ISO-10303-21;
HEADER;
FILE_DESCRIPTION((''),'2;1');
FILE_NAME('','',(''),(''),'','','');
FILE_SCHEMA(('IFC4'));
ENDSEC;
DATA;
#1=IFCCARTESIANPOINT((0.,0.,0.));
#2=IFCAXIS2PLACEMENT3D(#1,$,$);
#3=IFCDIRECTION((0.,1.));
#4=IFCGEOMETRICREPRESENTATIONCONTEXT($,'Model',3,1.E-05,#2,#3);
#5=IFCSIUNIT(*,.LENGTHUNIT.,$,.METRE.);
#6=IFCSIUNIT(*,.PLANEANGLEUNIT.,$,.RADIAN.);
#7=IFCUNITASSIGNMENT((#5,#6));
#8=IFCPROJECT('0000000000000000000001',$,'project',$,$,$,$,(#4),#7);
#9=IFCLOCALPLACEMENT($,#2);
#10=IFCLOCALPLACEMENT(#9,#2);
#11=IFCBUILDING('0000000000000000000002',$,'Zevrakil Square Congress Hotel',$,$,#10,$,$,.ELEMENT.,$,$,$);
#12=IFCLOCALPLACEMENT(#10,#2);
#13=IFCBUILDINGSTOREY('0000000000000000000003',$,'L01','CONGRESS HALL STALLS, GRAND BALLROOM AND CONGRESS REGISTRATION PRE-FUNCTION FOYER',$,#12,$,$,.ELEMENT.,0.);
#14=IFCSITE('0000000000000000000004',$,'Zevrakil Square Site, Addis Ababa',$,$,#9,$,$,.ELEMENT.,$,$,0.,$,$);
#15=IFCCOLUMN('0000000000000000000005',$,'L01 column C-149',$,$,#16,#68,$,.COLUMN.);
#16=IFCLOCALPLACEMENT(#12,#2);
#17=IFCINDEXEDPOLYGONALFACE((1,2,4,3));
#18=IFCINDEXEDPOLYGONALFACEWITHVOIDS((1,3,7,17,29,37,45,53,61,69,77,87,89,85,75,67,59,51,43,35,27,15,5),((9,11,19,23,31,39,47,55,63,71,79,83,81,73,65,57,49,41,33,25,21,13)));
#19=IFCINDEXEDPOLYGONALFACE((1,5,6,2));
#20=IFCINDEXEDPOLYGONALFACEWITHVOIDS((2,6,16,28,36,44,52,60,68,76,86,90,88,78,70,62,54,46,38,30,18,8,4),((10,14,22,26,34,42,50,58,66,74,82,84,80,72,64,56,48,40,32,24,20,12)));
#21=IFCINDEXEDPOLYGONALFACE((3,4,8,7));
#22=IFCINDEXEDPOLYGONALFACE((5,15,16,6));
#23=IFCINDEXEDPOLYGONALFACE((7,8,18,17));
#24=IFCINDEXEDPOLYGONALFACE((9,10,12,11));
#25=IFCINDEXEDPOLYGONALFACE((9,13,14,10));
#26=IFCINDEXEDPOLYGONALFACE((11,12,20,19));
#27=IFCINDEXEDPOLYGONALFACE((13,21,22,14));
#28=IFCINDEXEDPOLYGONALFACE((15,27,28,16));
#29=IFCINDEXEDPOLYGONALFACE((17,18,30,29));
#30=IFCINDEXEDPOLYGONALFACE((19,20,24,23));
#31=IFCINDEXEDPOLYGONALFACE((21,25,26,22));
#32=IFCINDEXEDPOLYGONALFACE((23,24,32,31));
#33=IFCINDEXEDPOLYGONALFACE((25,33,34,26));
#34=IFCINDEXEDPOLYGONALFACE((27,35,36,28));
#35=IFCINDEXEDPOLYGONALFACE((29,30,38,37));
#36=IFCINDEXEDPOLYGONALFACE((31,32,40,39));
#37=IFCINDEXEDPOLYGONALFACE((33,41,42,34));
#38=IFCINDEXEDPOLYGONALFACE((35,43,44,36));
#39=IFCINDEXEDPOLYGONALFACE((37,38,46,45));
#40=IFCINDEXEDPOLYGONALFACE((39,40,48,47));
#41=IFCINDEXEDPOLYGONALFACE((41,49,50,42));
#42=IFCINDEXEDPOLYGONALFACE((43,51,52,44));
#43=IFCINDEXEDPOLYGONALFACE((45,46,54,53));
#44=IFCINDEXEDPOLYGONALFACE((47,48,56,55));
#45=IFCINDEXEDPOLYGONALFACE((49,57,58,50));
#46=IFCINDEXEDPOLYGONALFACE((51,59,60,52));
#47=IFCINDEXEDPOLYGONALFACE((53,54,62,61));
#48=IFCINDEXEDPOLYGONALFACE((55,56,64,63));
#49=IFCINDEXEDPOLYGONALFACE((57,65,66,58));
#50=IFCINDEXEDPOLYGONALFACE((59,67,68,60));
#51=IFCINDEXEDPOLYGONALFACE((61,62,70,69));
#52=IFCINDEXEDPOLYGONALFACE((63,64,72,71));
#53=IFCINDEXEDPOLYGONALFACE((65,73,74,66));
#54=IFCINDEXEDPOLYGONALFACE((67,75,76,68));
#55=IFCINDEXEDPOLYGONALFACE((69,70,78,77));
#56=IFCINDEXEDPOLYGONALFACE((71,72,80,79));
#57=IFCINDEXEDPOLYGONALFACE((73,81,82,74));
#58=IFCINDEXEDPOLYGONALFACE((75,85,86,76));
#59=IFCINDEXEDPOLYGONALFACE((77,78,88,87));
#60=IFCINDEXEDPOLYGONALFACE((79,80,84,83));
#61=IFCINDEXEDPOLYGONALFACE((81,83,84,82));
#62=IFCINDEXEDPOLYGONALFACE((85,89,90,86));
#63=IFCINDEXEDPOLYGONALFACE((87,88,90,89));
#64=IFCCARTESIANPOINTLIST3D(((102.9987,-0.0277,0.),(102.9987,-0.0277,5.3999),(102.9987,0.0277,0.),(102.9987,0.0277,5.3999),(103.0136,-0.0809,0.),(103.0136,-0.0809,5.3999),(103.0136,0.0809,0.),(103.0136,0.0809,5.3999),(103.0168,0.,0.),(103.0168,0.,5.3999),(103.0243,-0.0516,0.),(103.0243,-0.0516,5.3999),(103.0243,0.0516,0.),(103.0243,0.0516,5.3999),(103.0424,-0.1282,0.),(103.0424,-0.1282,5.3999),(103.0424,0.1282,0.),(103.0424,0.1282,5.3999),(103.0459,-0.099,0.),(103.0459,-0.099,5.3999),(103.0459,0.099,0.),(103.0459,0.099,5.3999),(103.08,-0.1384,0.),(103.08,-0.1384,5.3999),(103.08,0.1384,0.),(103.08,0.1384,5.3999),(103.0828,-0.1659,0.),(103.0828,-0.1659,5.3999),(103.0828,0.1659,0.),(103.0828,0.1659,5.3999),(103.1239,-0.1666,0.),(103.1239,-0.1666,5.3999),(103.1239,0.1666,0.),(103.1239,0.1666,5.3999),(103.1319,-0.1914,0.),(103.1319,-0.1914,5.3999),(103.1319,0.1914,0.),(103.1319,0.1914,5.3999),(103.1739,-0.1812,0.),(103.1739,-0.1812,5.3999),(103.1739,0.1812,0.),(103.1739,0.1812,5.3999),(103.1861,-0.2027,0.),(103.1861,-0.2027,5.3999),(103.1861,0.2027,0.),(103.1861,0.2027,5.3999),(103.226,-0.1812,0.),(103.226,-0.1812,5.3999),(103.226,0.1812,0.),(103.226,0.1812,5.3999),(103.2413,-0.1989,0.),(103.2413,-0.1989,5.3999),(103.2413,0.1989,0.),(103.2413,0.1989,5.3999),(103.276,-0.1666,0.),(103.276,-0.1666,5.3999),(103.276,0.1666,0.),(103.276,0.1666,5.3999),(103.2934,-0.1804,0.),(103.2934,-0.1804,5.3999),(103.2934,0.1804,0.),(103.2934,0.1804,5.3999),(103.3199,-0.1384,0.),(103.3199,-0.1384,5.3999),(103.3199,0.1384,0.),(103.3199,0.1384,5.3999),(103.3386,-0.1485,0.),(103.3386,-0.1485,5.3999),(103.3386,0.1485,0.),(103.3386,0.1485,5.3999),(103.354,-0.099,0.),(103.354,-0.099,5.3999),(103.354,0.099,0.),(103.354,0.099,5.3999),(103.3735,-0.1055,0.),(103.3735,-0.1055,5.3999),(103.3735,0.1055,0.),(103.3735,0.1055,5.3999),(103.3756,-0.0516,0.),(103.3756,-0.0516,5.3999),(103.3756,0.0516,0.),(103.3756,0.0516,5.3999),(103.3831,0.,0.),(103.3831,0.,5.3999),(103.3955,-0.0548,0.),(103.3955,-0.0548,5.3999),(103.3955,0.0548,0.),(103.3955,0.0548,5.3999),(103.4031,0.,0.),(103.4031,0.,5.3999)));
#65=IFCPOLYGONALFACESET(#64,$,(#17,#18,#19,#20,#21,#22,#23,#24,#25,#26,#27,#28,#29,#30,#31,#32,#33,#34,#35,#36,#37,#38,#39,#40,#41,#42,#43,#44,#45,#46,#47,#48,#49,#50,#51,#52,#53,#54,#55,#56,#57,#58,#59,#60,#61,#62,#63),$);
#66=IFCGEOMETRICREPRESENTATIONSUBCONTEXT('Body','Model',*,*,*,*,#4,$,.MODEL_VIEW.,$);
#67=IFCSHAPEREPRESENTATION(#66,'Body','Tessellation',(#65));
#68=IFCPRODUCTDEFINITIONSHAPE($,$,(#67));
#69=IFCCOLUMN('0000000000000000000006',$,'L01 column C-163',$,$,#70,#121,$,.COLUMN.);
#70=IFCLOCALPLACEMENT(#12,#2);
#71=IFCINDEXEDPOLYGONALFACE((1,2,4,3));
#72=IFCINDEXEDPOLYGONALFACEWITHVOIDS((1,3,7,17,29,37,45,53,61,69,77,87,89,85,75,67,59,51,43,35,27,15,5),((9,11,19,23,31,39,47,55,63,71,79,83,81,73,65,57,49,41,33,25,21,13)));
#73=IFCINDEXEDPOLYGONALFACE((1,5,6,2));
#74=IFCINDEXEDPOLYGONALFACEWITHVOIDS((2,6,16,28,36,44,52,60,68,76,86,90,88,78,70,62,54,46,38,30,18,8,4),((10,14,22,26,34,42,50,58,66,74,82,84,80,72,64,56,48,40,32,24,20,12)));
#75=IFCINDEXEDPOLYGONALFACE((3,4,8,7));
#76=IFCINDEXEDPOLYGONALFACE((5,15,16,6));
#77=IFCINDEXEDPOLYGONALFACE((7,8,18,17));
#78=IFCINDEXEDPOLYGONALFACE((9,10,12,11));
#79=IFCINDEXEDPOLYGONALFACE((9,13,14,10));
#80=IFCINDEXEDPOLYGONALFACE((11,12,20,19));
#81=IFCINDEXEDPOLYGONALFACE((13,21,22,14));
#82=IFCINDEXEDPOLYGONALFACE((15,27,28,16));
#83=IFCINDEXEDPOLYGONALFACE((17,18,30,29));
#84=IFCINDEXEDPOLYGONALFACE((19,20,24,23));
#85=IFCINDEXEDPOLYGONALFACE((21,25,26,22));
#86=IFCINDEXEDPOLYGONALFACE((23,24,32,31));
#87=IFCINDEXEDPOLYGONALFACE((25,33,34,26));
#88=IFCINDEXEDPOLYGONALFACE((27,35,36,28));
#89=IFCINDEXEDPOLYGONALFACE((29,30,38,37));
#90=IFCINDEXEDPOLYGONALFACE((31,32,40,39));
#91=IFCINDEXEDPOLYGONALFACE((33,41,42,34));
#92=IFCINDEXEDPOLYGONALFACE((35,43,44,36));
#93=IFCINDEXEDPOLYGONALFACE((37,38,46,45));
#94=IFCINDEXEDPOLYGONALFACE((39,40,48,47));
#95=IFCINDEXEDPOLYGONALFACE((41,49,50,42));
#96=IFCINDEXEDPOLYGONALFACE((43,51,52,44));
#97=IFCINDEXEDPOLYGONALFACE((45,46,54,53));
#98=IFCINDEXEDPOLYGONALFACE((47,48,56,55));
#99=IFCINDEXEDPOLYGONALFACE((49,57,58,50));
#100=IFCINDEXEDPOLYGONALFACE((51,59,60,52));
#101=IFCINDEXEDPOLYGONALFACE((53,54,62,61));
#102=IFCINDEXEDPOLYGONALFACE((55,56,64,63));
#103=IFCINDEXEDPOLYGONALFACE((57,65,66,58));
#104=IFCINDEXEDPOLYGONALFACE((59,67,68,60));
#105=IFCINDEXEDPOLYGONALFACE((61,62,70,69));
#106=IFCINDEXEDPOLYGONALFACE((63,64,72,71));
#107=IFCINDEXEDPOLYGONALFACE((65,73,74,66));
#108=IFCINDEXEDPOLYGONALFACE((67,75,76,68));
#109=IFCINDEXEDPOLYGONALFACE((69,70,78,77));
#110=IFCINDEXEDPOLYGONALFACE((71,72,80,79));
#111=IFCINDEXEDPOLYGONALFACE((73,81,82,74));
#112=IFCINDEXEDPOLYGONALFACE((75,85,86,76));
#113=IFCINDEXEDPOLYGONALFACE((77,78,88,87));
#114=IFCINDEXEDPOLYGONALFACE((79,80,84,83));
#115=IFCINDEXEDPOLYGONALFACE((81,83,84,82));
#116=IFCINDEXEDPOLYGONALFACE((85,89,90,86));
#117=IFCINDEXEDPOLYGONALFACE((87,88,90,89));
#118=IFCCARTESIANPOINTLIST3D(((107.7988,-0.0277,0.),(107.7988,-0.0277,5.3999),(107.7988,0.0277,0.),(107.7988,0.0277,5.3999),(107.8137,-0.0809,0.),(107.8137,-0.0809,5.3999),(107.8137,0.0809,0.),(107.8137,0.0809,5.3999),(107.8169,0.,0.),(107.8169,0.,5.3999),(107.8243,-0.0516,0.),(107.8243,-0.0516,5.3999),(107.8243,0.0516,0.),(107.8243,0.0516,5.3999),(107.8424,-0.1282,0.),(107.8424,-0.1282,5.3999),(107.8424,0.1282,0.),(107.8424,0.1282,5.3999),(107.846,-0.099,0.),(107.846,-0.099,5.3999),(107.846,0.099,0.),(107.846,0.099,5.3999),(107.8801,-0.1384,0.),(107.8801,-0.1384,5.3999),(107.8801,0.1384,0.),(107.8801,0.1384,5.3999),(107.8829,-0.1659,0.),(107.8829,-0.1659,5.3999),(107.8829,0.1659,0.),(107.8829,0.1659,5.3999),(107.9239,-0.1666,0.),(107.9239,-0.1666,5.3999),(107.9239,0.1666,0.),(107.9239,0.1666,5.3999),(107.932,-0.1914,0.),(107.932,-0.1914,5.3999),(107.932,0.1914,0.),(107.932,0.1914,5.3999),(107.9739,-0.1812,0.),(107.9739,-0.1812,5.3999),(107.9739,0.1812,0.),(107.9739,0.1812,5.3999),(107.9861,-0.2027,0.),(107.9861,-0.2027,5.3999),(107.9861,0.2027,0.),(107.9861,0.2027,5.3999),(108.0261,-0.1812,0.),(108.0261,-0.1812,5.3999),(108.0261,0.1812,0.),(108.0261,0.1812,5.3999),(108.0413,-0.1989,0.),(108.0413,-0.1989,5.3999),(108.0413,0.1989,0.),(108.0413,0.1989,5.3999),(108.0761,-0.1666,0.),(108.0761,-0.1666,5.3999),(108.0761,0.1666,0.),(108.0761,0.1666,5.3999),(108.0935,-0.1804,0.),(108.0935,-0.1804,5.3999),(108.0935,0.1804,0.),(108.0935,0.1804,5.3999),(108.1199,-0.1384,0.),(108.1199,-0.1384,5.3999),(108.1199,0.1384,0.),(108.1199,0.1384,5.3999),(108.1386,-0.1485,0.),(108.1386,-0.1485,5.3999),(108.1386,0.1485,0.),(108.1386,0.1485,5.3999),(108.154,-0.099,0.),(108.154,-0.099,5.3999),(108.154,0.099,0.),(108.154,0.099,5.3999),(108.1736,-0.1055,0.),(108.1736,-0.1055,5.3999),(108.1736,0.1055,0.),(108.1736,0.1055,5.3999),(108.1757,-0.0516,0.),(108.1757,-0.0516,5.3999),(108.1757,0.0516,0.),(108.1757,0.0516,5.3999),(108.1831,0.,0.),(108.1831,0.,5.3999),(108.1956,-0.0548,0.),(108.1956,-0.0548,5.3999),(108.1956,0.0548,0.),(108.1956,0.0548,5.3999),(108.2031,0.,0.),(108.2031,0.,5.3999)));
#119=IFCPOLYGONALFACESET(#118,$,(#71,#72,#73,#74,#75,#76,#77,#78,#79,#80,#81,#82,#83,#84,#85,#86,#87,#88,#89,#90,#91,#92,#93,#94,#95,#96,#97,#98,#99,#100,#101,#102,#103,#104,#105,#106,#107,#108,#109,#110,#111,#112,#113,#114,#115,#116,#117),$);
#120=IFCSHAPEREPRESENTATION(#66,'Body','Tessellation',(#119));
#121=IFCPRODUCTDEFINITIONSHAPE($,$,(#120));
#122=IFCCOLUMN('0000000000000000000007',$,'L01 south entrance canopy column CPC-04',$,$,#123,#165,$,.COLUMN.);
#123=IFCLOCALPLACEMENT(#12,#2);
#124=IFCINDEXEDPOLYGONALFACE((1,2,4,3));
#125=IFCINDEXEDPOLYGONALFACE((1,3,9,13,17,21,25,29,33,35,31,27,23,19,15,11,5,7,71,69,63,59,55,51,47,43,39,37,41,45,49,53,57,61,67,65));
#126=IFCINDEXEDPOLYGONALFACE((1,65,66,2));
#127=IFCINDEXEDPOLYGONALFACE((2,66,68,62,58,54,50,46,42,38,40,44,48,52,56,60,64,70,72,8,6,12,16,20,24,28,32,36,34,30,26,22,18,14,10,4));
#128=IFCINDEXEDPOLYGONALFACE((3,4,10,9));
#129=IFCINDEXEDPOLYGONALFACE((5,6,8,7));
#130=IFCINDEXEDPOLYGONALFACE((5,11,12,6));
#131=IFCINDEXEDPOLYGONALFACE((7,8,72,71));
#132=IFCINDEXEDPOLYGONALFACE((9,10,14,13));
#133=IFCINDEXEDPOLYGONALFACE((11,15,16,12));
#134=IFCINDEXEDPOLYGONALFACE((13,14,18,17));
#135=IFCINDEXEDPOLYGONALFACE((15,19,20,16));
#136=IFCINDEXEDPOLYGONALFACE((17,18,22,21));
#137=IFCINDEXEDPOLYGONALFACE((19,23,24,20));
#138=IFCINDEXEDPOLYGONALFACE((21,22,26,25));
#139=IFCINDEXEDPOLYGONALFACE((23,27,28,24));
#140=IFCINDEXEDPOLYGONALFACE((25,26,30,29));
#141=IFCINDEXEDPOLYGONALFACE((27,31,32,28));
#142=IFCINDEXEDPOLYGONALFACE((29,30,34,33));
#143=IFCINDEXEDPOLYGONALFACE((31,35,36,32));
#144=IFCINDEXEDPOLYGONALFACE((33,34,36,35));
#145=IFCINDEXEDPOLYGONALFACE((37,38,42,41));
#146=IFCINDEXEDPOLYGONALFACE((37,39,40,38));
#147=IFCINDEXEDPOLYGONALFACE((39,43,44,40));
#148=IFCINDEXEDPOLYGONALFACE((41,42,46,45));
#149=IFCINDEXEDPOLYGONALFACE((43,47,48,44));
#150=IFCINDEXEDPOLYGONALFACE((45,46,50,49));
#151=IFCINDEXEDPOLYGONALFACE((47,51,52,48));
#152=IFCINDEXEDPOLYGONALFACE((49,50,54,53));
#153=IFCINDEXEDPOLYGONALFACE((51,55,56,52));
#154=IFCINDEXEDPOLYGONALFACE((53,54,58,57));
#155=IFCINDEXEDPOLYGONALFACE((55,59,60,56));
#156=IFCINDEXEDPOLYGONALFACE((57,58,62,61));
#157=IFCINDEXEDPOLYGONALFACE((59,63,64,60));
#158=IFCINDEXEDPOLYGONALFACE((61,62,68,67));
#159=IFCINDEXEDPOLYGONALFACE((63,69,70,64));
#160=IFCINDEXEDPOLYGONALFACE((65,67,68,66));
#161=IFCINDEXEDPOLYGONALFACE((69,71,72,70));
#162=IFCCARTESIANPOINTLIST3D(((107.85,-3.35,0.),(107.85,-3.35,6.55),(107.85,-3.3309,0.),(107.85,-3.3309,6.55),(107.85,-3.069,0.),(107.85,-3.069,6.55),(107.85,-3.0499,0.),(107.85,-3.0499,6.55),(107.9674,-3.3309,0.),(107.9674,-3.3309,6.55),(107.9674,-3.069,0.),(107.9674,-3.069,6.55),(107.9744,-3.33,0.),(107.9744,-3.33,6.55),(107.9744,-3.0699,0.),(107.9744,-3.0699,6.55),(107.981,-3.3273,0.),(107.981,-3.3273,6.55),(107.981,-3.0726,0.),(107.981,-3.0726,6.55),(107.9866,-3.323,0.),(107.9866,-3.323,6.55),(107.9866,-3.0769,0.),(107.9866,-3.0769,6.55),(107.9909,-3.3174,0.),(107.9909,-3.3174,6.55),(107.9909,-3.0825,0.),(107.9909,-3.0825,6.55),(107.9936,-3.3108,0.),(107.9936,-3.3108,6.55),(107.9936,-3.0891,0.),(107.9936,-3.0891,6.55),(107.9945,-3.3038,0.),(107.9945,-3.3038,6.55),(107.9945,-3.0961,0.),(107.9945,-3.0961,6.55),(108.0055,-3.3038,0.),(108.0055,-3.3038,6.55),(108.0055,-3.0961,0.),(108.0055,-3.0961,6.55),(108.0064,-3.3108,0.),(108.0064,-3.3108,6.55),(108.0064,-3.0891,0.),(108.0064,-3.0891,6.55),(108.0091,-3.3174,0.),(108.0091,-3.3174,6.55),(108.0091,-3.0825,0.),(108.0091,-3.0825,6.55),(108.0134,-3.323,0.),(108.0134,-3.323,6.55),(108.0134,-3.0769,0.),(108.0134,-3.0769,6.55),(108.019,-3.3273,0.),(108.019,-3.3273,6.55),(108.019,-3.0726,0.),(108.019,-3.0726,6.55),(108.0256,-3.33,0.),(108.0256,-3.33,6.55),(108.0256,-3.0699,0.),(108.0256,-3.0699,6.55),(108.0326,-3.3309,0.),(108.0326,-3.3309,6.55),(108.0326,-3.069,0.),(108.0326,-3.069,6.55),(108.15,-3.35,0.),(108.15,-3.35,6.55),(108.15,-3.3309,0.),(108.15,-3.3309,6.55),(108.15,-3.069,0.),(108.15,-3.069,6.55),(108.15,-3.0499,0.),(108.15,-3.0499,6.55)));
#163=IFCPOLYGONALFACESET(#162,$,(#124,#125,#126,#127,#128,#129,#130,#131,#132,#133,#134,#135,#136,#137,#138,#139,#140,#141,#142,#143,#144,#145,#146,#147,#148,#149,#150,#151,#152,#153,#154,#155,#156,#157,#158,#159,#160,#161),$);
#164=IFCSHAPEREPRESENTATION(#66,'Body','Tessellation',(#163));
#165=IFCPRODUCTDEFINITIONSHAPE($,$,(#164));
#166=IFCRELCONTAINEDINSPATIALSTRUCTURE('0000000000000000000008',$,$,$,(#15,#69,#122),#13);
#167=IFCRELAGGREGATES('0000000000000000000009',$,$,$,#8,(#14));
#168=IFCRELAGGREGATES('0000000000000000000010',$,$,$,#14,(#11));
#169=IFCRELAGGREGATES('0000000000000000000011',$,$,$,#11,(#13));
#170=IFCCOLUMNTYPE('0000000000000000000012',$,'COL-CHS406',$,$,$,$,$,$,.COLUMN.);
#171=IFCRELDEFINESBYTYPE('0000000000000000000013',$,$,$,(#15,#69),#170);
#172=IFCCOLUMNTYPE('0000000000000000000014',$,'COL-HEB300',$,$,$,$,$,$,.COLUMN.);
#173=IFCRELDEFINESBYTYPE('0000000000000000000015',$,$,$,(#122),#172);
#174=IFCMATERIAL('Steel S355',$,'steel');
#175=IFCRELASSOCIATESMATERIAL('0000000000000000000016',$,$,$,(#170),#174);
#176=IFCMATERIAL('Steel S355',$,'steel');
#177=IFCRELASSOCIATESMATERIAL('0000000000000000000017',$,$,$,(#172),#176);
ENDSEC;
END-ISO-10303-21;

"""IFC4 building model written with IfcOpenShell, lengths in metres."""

from ifc_helpers import new_model, si_unit, direction, frame, origin, origin_2d, place, context, subcontext, project, spatial, hollow_circle, i_section, extrude, material, material_profile, profile_set, type_object, element, save


model = new_model("IFC4")

# Units and contexts
model_context = context("Model", 3, precision=1e-05, world=origin(), true_north=direction((0.0, 1.0)))
body_context = subcontext(model_context, "Body", "Model", "MODEL_VIEW")
ifc_project = project(units=[si_unit("LENGTHUNIT", "METRE"), si_unit("PLANEANGLEUNIT", "RADIAN")], contexts=[model_context])

# Site, building, storey
site_placement = place(None, origin())
site = spatial("IfcSite", under=ifc_project, at=site_placement, Name="Zevrakil Square Site, Addis Ababa", CompositionType="ELEMENT", RefElevation=0.0)
building_placement = place(site_placement, origin())
building = spatial("IfcBuilding", under=site, at=building_placement, Name="Zevrakil Square Congress Hotel", CompositionType="ELEMENT")
storey_placement = place(building_placement, origin())
storey = spatial("IfcBuildingStorey", under=building, at=storey_placement, Name="L01", Description="CONGRESS HALL STALLS, GRAND BALLROOM AND CONGRESS REGISTRATION PRE-FUNCTION FOYER", CompositionType="ELEMENT", Elevation=0.0)

# Columns
ifc_material_1 = material(Name="Steel S355", Category="steel")
ifc_material_profile_1 = material_profile(ifc_material_1, hollow_circle(Radius=0.2031, WallThickness=0.02, at=origin_2d()), Name="CHS 406.4x20")
ifc_profile_set_1 = profile_set([ifc_material_profile_1], Name="Steel S355")
column_type_1 = type_object("IfcColumnType", Name="COL-CHS406", PredefinedType="COLUMN", material=ifc_profile_set_1)
for number, where, z_axis, x_axis, name in (
    (1, (103.2, 0.0, 0.0), (0.0, 0.0, 1.0), (1.0, 0.0, 0.0), "L01 column C-149"),
    (2, (108.0, 0.0, 0.0), (0.0, 0.0, 1.0), (1.0, 0.0, 0.0), "L01 column C-163"),
):
    element("IfcColumn", number, at=place(storey_placement, frame(where, z_axis=z_axis, x_axis=x_axis)), inside=storey, type_object=column_type_1, Name=name, PredefinedType="COLUMN", context=body_context, shape_type="SweptSolid", body=[
        extrude(hollow_circle(Radius=0.2031, WallThickness=0.02, at=origin_2d()), origin(), (0.0, 0.0, 1.0), 5.3999),
    ])
ifc_material_2 = material(Name="Steel S355", Category="steel")
ifc_material_profile_2 = material_profile(ifc_material_2, i_section(OverallWidth=0.3, OverallDepth=0.3, WebThickness=0.011, FlangeThickness=0.019, FilletRadius=0.0271, at=origin_2d()), Name="HEB 300")
ifc_profile_set_2 = profile_set([ifc_material_profile_2], Name="Steel S355")
column_type_2 = type_object("IfcColumnType", Name="COL-HEB300", PredefinedType="COLUMN", material=ifc_profile_set_2)
column_1_placement = place(storey_placement, frame((108.0, -3.2, 0.0), z_axis=(0.0, 0.0, 1.0), x_axis=(1.0, 0.0, 0.0)))
element("IfcColumn", 3, at=column_1_placement, inside=storey, type_object=column_type_2, Name="L01 south entrance canopy column CPC-04", PredefinedType="COLUMN", context=body_context, shape_type="SweptSolid", body=[
    extrude(i_section(OverallWidth=0.3, OverallDepth=0.3, WebThickness=0.011, FlangeThickness=0.019, FilletRadius=0.0271, at=origin_2d()), origin(), (0.0, 0.0, 1.0), 6.55),
])

save(model, "model.ifc")
